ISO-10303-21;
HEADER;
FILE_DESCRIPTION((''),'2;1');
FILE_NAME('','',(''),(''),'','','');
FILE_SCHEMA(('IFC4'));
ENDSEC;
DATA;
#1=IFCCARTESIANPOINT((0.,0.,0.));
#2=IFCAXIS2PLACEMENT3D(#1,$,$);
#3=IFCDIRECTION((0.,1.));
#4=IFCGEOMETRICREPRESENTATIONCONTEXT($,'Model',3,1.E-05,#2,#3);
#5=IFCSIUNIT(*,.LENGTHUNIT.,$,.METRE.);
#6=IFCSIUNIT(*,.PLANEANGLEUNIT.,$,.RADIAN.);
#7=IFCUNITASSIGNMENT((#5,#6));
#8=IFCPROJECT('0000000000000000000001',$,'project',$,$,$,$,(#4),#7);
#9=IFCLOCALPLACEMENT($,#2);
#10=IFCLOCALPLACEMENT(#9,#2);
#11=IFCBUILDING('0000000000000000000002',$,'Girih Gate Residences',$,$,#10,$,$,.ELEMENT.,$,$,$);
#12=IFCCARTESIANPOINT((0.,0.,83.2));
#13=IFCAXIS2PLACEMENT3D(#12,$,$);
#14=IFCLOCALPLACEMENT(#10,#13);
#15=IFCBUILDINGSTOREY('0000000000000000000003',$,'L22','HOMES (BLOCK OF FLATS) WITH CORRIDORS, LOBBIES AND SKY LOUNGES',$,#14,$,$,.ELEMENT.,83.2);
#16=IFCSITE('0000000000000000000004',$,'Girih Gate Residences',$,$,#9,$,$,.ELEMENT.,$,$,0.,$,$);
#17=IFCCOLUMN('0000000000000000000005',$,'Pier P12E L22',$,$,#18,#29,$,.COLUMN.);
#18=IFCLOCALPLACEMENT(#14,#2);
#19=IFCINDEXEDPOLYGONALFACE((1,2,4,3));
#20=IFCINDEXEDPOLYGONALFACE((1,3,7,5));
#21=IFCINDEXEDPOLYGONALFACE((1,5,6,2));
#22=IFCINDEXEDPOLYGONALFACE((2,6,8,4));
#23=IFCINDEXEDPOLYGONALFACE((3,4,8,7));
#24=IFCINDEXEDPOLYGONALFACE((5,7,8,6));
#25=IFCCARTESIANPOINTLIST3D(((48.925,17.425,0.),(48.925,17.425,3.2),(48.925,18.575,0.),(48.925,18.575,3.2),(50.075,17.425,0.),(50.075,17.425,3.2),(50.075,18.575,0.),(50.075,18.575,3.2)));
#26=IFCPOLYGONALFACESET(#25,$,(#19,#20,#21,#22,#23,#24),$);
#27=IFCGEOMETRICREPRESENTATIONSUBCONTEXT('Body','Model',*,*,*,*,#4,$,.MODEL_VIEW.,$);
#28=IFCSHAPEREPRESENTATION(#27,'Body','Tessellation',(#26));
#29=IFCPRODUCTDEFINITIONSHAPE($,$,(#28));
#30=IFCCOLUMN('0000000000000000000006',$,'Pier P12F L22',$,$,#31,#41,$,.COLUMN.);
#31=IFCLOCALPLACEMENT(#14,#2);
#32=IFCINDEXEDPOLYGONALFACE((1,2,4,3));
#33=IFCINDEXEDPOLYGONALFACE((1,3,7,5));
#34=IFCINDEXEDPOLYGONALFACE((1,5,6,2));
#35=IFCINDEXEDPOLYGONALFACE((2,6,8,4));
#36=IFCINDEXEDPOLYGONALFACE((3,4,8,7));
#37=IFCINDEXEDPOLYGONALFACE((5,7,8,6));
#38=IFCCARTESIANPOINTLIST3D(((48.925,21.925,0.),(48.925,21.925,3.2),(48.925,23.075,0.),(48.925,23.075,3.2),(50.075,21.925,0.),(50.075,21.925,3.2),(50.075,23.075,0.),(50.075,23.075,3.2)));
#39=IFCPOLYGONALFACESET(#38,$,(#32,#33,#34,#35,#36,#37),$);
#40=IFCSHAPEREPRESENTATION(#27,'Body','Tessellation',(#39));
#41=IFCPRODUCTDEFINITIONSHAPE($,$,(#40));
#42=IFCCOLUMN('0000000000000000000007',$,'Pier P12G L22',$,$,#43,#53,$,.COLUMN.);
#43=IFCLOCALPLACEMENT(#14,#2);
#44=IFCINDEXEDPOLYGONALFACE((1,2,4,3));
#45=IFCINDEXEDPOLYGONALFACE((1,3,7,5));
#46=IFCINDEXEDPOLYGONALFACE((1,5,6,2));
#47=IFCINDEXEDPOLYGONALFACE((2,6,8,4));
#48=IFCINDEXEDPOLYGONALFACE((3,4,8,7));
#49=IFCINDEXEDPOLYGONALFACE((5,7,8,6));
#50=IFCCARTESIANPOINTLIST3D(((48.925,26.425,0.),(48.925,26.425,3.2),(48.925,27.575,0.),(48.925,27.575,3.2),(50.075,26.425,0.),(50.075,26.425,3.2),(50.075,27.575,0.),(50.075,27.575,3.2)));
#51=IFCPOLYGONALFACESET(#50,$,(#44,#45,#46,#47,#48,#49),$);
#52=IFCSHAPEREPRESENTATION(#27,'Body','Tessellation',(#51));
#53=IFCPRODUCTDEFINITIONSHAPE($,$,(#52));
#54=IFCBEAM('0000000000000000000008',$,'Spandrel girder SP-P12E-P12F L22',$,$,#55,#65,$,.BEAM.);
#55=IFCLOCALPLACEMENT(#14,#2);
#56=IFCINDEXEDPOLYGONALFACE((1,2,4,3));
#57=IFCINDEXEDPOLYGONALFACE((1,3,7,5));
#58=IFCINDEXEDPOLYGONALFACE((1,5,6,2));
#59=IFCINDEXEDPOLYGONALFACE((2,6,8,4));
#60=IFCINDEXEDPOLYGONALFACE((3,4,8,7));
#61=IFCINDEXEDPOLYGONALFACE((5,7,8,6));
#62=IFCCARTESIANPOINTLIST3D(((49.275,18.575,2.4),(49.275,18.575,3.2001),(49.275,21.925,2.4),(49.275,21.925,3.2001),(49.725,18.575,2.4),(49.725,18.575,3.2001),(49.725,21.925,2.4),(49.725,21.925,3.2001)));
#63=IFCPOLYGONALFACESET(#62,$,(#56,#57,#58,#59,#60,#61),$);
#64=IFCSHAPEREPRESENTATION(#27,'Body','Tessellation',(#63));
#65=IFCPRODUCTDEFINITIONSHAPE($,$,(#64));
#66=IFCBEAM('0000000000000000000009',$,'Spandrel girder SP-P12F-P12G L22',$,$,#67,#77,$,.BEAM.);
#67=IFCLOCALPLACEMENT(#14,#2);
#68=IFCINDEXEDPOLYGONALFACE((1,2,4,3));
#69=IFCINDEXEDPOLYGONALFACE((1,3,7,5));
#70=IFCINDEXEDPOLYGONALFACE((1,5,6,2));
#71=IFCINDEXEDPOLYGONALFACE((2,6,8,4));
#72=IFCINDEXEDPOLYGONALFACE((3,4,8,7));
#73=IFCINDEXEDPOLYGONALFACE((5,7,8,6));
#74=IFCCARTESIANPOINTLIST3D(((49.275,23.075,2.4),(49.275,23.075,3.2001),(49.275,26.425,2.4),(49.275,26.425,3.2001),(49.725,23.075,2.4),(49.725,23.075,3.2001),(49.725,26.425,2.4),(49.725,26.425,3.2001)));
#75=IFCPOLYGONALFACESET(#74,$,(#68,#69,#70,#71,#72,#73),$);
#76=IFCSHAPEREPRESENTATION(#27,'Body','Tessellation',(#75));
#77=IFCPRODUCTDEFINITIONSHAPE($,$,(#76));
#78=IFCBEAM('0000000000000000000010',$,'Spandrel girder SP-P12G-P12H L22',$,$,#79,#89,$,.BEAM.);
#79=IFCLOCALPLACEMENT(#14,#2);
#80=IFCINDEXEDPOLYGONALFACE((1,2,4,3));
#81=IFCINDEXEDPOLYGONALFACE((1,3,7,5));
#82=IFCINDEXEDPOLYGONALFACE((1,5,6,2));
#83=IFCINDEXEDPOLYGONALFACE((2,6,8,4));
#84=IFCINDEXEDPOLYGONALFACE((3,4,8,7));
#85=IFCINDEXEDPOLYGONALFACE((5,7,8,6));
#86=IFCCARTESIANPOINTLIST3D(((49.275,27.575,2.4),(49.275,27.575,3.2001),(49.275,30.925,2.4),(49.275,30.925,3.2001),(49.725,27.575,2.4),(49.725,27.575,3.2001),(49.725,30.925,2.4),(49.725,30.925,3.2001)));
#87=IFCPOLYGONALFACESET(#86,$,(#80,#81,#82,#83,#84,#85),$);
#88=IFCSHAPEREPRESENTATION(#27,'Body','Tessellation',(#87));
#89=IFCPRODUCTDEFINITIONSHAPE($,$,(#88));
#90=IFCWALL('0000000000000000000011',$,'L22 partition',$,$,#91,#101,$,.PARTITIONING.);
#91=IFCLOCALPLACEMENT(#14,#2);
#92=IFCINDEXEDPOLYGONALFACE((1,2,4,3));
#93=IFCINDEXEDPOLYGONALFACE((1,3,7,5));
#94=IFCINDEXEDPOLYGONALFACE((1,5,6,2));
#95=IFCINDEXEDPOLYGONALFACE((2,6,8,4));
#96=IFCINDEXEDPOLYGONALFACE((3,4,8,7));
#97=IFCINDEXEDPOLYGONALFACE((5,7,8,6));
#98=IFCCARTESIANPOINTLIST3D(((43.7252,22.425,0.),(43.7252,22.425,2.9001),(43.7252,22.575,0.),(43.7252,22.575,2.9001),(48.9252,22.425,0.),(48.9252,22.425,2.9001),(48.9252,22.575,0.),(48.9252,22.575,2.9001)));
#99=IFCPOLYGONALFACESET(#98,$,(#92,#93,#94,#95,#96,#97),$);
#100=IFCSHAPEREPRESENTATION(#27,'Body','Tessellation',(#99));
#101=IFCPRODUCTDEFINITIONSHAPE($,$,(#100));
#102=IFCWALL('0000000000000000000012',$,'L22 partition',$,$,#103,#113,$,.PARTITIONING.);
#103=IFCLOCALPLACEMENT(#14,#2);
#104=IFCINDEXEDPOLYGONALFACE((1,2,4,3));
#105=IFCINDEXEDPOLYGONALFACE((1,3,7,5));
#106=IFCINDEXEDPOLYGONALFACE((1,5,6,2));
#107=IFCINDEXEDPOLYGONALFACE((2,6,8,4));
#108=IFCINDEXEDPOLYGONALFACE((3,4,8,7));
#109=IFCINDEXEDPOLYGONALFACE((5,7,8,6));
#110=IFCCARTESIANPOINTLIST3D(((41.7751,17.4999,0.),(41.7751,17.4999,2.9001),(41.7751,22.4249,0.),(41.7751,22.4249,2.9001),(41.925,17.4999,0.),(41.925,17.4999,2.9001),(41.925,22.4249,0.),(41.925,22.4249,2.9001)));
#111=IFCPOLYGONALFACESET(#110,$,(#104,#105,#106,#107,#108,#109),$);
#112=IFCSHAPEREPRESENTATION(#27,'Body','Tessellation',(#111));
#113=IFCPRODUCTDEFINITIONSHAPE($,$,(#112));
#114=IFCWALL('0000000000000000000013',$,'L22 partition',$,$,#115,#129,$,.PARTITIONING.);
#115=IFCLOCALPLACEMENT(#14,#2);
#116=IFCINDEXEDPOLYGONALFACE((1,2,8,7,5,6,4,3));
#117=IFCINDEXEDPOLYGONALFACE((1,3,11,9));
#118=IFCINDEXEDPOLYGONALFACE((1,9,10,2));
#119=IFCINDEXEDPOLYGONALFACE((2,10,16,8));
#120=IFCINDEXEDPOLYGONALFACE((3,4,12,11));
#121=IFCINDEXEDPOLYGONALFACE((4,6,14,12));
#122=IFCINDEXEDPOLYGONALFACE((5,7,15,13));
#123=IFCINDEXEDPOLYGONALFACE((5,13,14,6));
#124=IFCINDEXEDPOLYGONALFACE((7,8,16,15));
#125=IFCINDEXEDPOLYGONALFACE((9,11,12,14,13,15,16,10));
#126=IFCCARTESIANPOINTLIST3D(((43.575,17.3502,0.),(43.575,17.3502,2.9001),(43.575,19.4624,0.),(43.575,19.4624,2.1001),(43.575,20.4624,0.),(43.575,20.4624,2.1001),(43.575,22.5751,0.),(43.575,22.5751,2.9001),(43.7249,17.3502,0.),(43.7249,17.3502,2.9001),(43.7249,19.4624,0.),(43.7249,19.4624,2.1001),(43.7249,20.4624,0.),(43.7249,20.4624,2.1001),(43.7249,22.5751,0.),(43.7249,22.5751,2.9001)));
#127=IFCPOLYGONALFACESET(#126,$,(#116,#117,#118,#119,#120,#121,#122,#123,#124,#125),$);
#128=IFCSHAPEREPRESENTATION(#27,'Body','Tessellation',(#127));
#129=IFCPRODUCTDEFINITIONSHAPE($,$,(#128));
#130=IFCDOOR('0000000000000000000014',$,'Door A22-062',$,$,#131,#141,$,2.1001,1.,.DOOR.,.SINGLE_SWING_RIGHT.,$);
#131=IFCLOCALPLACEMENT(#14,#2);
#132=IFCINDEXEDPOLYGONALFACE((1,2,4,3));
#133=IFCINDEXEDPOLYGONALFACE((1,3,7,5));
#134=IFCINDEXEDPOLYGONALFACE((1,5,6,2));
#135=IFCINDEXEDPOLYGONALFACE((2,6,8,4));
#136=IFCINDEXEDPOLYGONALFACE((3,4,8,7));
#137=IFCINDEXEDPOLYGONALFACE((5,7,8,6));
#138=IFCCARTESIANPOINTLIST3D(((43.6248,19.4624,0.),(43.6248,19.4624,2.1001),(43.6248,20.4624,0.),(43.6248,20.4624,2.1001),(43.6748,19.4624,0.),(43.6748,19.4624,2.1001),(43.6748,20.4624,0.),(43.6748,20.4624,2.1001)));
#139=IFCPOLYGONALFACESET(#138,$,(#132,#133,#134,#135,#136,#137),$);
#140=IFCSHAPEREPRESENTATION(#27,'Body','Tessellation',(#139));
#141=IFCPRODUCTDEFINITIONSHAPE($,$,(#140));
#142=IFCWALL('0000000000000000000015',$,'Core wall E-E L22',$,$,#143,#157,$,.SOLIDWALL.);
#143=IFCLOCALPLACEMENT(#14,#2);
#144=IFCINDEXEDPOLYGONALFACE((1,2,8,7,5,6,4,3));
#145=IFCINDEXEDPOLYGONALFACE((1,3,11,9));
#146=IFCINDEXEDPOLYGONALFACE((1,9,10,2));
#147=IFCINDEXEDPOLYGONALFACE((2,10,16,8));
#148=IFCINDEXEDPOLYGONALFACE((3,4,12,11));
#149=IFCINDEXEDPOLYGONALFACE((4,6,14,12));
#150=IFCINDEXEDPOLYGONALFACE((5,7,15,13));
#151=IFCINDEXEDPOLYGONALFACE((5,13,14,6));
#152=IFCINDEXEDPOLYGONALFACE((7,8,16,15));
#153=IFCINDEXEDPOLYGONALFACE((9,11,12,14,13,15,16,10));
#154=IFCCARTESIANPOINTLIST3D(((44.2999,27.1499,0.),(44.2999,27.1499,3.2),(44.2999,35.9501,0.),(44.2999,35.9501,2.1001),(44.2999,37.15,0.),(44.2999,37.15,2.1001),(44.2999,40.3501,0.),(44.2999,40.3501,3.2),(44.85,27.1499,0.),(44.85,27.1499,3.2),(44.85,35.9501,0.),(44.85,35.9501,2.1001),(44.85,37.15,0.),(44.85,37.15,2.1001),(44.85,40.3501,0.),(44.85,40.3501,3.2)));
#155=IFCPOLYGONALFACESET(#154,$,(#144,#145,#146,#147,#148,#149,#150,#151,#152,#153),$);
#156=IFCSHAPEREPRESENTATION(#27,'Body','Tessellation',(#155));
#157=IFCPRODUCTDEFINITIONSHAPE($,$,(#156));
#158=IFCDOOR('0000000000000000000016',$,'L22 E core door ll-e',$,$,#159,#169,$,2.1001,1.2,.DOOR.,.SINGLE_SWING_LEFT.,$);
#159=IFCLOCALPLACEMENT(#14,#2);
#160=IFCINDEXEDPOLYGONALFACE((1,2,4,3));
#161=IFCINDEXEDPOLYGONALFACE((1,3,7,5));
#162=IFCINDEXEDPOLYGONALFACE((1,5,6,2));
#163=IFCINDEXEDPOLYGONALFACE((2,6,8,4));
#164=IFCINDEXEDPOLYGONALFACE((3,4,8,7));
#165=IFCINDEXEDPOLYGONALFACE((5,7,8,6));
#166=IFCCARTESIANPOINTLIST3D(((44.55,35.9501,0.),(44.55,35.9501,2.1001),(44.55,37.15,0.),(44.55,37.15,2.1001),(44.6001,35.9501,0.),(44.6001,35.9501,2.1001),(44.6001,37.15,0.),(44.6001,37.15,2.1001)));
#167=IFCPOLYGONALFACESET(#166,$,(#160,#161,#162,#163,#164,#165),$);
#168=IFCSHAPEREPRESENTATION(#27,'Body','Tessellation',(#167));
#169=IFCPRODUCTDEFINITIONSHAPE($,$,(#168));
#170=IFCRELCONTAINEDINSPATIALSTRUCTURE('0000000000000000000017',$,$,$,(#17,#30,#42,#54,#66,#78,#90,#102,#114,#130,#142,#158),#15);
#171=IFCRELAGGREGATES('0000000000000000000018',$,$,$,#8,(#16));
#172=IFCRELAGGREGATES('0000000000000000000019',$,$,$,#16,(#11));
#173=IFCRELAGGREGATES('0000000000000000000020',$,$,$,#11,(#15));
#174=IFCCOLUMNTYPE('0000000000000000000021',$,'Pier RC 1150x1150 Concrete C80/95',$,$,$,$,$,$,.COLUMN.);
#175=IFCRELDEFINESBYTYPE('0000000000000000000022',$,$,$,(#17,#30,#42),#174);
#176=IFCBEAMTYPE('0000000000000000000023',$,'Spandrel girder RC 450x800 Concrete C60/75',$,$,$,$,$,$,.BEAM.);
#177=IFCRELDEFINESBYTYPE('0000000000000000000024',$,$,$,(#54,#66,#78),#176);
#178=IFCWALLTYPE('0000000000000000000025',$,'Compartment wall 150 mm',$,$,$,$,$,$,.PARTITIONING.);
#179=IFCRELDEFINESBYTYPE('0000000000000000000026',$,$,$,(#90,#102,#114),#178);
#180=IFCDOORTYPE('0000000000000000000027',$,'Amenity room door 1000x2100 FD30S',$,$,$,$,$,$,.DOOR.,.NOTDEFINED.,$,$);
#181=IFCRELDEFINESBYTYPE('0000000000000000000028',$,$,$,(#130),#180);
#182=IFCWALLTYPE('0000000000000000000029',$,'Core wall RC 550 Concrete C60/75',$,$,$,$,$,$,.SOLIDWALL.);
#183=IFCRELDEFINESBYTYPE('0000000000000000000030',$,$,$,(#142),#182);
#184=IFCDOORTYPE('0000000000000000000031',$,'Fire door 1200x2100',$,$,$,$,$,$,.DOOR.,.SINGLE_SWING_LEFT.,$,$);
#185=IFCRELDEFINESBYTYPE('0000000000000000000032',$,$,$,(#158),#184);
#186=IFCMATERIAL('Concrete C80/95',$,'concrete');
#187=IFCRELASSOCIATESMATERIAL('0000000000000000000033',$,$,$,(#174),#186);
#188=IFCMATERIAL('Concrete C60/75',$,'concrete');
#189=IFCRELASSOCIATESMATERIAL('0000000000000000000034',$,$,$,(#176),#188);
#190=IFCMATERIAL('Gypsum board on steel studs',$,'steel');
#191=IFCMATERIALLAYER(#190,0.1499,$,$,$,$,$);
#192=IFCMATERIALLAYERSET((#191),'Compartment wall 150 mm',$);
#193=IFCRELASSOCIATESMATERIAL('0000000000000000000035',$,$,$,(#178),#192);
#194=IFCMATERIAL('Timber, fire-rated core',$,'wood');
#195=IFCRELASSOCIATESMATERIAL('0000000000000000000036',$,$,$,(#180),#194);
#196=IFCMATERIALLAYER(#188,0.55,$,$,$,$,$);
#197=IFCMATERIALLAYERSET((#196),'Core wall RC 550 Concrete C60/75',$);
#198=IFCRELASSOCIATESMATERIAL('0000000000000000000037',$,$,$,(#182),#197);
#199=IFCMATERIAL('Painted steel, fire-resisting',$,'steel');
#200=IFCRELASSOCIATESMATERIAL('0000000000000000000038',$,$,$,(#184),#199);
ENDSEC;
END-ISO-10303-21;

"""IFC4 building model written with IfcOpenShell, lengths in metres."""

from ifc_helpers import new_model, si_unit, direction, frame, frame_2d, origin, origin_2d, place, context, subcontext, project, spatial, rectangle, extrude, material, layer, layer_set, material_profile, profile_set, type_object, element, fill, save


model = new_model("IFC4")

# Units and contexts
model_context = context("Model", 3, precision=1e-05, world=origin(), true_north=direction((0.0, 1.0)))
body_context = subcontext(model_context, "Body", "Model", "MODEL_VIEW")
ifc_project = project(units=[si_unit("LENGTHUNIT", "METRE"), si_unit("PLANEANGLEUNIT", "RADIAN")], contexts=[model_context])

# Site, building, storey
site_placement = place(None, origin())
site = spatial("IfcSite", under=ifc_project, at=site_placement, Name="Girih Gate Residences", CompositionType="ELEMENT", RefElevation=0.0)
building_placement = place(site_placement, origin())
building = spatial("IfcBuilding", under=site, at=building_placement, Name="Girih Gate Residences", CompositionType="ELEMENT")
storey_placement = place(building_placement, frame((0.0, 0.0, 83.2)))
storey = spatial("IfcBuildingStorey", under=building, at=storey_placement, Name="L22", Description="HOMES (BLOCK OF FLATS) WITH CORRIDORS, LOBBIES AND SKY LOUNGES", CompositionType="ELEMENT", Elevation=83.2)

# Columns
ifc_material_1 = material(Name="Concrete C80/95", Category="concrete")
ifc_material_profile_1 = material_profile(ifc_material_1, rectangle(XDim=1.1499, YDim=1.1499, at=origin_2d()))
ifc_profile_set_1 = profile_set([ifc_material_profile_1], Name="Concrete C80/95")
column_type = type_object("IfcColumnType", Name="Pier RC 1150x1150 Concrete C80/95", PredefinedType="COLUMN", material=ifc_profile_set_1)
for number, where, z_axis, x_axis, name in (
    (1, (49.5, 18.0, 0.0), (0.0, 0.0, 1.0), (1.0, 0.0, 0.0), "Pier P12E L22"),
    (2, (49.5, 22.5, 0.0), (0.0, 0.0, 1.0), (1.0, 0.0, 0.0), "Pier P12F L22"),
    (3, (49.5, 27.0, 0.0), (0.0, 0.0, 1.0), (1.0, 0.0, 0.0), "Pier P12G L22"),
):
    element("IfcColumn", number, at=place(storey_placement, frame(where, z_axis=z_axis, x_axis=x_axis)), inside=storey, type_object=column_type, Name=name, PredefinedType="COLUMN", context=body_context, shape_type="SweptSolid", body=[
        extrude(rectangle(XDim=1.1499, YDim=1.1499, at=origin_2d()), origin(), (0.0, 0.0, 1.0), 3.2),
    ])

# Beams
ifc_material_2 = material(Name="Concrete C60/75", Category="concrete")
ifc_material_profile_2 = material_profile(ifc_material_2, rectangle(XDim=0.45, YDim=0.8, at=origin_2d()))
ifc_profile_set_2 = profile_set([ifc_material_profile_2], Name="Concrete C60/75")
beam_type = type_object("IfcBeamType", Name="Spandrel girder RC 450x800 Concrete C60/75", PredefinedType="BEAM", material=ifc_profile_set_2)
for number, where, z_axis, x_axis, name in (
    (4, (49.5, 18.575, 2.8), (0.0, 1.0, 0.0), (-1.0, 0.0, 0.0), "Spandrel girder SP-P12E-P12F L22"),
    (5, (49.5, 23.075, 2.8), (0.0, 1.0, 0.0), (-1.0, 0.0, 0.0), "Spandrel girder SP-P12F-P12G L22"),
    (6, (49.5, 27.575, 2.8), (0.0, 1.0, 0.0), (-1.0, 0.0, 0.0), "Spandrel girder SP-P12G-P12H L22"),
):
    element("IfcBeam", number, at=place(storey_placement, frame(where, z_axis=z_axis, x_axis=x_axis)), inside=storey, type_object=beam_type, Name=name, PredefinedType="BEAM", context=body_context, shape_type="SweptSolid", body=[
        extrude(rectangle(XDim=0.45, YDim=0.8, at=origin_2d()), origin(), (0.0, 0.0, 1.0), 3.3501),
    ])

# Walls
ifc_material_3 = material(Name="Gypsum board on steel studs", Category="steel")
ifc_layer_1 = layer(ifc_material_3, 0.1499)
ifc_layer_set_1 = layer_set([ifc_layer_1], Name="Compartment wall 150 mm")
wall_type_1 = type_object("IfcWallType", Name="Compartment wall 150 mm", PredefinedType="PARTITIONING", material=ifc_layer_set_1)
wall_1_placement = place(storey_placement, frame((43.7251, 22.5, 0.0), z_axis=(0.0, 0.0, 1.0), x_axis=(1.0, 0.0, 0.0)))
element("IfcWall", 7, at=wall_1_placement, inside=storey, type_object=wall_type_1, Name="L22 partition", PredefinedType="PARTITIONING", context=body_context, shape_type="SweptSolid", body=[
    extrude(rectangle(XDim=5.2, YDim=0.1499, at=frame_2d((2.6001, 0.0))), origin(), (0.0, 0.0, 1.0), 2.9001),
])
wall_2_placement = place(storey_placement, frame((41.8501, 17.5, 0.0), z_axis=(0.0, 0.0, 1.0), x_axis=(0.0, 1.0, 0.0)))
element("IfcWall", 8, at=wall_2_placement, inside=storey, type_object=wall_type_1, Name="L22 partition", PredefinedType="PARTITIONING", context=body_context, shape_type="SweptSolid", body=[
    extrude(rectangle(XDim=4.925, YDim=0.1499, at=frame_2d((2.4624, 0.0))), origin(), (0.0, 0.0, 1.0), 2.9001),
])

# Walls, openings, doors
wall_3_placement = place(storey_placement, frame((43.6499, 22.575, 0.0), z_axis=(0.0, 0.0, 1.0), x_axis=(0.0, -1.0, 0.0)))
wall_3 = element("IfcWall", 9, at=wall_3_placement, inside=storey, type_object=wall_type_1, Name="L22 partition", PredefinedType="PARTITIONING", context=body_context, shape_type="SweptSolid", body=[
    extrude(rectangle(XDim=5.2249, YDim=0.1499, at=frame_2d((2.6123, 0.0))), origin(), (0.0, 0.0, 1.0), 2.9001),
])
opening_1_placement = place(wall_3_placement, frame((2.1125, 0.0, 0.0)))
opening_1 = element("IfcOpeningElement", 10, at=opening_1_placement, cuts=wall_3, PredefinedType="OPENING", context=body_context, shape_type="SweptSolid", body=[
    extrude(rectangle(XDim=1.0, YDim=2.1001, at=frame_2d((0.5, 1.05))), frame((0.0, 0.085, 0.0), z_axis=(0.0, -1.0, 0.0), x_axis=(1.0, 0.0, 0.0)), (0.0, 0.0, 1.0), 0.1699),
])
ifc_material_4 = material(Name="Timber, fire-rated core", Category="wood")
door_type_1 = type_object("IfcDoorType", Name="Amenity room door 1000x2100 FD30S", OperationType="NOTDEFINED", PredefinedType="DOOR", material=ifc_material_4)
door_1_placement = place(opening_1_placement, origin())
door_1 = element("IfcDoor", 11, at=door_1_placement, inside=storey, type_object=door_type_1, Name="Door A22-062", OperationType="SINGLE_SWING_RIGHT", OverallHeight=2.1001, OverallWidth=1.0, PredefinedType="DOOR", context=body_context, shape_type="SweptSolid", body=[
    extrude(rectangle(XDim=1.0, YDim=2.1001, at=frame_2d((0.5, 1.05))), frame((0.0, 0.0249, 0.0), z_axis=(0.0, -1.0, 0.0), x_axis=(1.0, 0.0, 0.0)), (0.0, 0.0, 1.0), 0.05),
])
fill(opening_1, door_1)
ifc_layer_2 = layer(ifc_material_2, 0.55)
ifc_layer_set_2 = layer_set([ifc_layer_2], Name="Core wall RC 550 Concrete C60/75")
wall_type_2 = type_object("IfcWallType", Name="Core wall RC 550 Concrete C60/75", PredefinedType="SOLIDWALL", material=ifc_layer_set_2)
wall_4_placement = place(storey_placement, frame((44.575, 27.1499, 0.0), z_axis=(0.0, 0.0, 1.0), x_axis=(0.0, 1.0, 0.0)))
wall_4 = element("IfcWall", 12, at=wall_4_placement, inside=storey, type_object=wall_type_2, Name="Core wall E-E L22", PredefinedType="SOLIDWALL", context=body_context, shape_type="SweptSolid", body=[
    extrude(rectangle(XDim=13.2002, YDim=0.55, at=frame_2d((6.6001, 0.0))), origin(), (0.0, 0.0, 1.0), 3.2),
])
opening_2_placement = place(wall_4_placement, frame((8.8, 0.0, 0.0)))
opening_2 = element("IfcOpeningElement", 13, at=opening_2_placement, cuts=wall_4, PredefinedType="OPENING", context=body_context, shape_type="SweptSolid", body=[
    extrude(rectangle(XDim=1.2, YDim=2.1001, at=frame_2d((0.6001, 1.05))), frame((0.0, 0.2849, 0.0), z_axis=(0.0, -1.0, 0.0), x_axis=(1.0, 0.0, 0.0)), (0.0, 0.0, 1.0), 0.5701),
])
ifc_material_5 = material(Name="Painted steel, fire-resisting", Category="steel")
door_type_2 = type_object("IfcDoorType", Name="Fire door 1200x2100", OperationType="SINGLE_SWING_LEFT", PredefinedType="DOOR", material=ifc_material_5)
door_2_placement = place(opening_2_placement, origin())
door_2 = element("IfcDoor", 14, at=door_2_placement, inside=storey, type_object=door_type_2, Name="L22 E core door ll-e", OperationType="SINGLE_SWING_LEFT", OverallHeight=2.1001, OverallWidth=1.2, PredefinedType="DOOR", context=body_context, shape_type="SweptSolid", body=[
    extrude(rectangle(XDim=1.2, YDim=2.1001, at=frame_2d((0.6001, 1.05))), frame((0.0, 0.0249, 0.0), z_axis=(0.0, -1.0, 0.0), x_axis=(1.0, 0.0, 0.0)), (0.0, 0.0, 1.0), 0.05),
])
fill(opening_2, door_2)

save(model, "model.ifc")
